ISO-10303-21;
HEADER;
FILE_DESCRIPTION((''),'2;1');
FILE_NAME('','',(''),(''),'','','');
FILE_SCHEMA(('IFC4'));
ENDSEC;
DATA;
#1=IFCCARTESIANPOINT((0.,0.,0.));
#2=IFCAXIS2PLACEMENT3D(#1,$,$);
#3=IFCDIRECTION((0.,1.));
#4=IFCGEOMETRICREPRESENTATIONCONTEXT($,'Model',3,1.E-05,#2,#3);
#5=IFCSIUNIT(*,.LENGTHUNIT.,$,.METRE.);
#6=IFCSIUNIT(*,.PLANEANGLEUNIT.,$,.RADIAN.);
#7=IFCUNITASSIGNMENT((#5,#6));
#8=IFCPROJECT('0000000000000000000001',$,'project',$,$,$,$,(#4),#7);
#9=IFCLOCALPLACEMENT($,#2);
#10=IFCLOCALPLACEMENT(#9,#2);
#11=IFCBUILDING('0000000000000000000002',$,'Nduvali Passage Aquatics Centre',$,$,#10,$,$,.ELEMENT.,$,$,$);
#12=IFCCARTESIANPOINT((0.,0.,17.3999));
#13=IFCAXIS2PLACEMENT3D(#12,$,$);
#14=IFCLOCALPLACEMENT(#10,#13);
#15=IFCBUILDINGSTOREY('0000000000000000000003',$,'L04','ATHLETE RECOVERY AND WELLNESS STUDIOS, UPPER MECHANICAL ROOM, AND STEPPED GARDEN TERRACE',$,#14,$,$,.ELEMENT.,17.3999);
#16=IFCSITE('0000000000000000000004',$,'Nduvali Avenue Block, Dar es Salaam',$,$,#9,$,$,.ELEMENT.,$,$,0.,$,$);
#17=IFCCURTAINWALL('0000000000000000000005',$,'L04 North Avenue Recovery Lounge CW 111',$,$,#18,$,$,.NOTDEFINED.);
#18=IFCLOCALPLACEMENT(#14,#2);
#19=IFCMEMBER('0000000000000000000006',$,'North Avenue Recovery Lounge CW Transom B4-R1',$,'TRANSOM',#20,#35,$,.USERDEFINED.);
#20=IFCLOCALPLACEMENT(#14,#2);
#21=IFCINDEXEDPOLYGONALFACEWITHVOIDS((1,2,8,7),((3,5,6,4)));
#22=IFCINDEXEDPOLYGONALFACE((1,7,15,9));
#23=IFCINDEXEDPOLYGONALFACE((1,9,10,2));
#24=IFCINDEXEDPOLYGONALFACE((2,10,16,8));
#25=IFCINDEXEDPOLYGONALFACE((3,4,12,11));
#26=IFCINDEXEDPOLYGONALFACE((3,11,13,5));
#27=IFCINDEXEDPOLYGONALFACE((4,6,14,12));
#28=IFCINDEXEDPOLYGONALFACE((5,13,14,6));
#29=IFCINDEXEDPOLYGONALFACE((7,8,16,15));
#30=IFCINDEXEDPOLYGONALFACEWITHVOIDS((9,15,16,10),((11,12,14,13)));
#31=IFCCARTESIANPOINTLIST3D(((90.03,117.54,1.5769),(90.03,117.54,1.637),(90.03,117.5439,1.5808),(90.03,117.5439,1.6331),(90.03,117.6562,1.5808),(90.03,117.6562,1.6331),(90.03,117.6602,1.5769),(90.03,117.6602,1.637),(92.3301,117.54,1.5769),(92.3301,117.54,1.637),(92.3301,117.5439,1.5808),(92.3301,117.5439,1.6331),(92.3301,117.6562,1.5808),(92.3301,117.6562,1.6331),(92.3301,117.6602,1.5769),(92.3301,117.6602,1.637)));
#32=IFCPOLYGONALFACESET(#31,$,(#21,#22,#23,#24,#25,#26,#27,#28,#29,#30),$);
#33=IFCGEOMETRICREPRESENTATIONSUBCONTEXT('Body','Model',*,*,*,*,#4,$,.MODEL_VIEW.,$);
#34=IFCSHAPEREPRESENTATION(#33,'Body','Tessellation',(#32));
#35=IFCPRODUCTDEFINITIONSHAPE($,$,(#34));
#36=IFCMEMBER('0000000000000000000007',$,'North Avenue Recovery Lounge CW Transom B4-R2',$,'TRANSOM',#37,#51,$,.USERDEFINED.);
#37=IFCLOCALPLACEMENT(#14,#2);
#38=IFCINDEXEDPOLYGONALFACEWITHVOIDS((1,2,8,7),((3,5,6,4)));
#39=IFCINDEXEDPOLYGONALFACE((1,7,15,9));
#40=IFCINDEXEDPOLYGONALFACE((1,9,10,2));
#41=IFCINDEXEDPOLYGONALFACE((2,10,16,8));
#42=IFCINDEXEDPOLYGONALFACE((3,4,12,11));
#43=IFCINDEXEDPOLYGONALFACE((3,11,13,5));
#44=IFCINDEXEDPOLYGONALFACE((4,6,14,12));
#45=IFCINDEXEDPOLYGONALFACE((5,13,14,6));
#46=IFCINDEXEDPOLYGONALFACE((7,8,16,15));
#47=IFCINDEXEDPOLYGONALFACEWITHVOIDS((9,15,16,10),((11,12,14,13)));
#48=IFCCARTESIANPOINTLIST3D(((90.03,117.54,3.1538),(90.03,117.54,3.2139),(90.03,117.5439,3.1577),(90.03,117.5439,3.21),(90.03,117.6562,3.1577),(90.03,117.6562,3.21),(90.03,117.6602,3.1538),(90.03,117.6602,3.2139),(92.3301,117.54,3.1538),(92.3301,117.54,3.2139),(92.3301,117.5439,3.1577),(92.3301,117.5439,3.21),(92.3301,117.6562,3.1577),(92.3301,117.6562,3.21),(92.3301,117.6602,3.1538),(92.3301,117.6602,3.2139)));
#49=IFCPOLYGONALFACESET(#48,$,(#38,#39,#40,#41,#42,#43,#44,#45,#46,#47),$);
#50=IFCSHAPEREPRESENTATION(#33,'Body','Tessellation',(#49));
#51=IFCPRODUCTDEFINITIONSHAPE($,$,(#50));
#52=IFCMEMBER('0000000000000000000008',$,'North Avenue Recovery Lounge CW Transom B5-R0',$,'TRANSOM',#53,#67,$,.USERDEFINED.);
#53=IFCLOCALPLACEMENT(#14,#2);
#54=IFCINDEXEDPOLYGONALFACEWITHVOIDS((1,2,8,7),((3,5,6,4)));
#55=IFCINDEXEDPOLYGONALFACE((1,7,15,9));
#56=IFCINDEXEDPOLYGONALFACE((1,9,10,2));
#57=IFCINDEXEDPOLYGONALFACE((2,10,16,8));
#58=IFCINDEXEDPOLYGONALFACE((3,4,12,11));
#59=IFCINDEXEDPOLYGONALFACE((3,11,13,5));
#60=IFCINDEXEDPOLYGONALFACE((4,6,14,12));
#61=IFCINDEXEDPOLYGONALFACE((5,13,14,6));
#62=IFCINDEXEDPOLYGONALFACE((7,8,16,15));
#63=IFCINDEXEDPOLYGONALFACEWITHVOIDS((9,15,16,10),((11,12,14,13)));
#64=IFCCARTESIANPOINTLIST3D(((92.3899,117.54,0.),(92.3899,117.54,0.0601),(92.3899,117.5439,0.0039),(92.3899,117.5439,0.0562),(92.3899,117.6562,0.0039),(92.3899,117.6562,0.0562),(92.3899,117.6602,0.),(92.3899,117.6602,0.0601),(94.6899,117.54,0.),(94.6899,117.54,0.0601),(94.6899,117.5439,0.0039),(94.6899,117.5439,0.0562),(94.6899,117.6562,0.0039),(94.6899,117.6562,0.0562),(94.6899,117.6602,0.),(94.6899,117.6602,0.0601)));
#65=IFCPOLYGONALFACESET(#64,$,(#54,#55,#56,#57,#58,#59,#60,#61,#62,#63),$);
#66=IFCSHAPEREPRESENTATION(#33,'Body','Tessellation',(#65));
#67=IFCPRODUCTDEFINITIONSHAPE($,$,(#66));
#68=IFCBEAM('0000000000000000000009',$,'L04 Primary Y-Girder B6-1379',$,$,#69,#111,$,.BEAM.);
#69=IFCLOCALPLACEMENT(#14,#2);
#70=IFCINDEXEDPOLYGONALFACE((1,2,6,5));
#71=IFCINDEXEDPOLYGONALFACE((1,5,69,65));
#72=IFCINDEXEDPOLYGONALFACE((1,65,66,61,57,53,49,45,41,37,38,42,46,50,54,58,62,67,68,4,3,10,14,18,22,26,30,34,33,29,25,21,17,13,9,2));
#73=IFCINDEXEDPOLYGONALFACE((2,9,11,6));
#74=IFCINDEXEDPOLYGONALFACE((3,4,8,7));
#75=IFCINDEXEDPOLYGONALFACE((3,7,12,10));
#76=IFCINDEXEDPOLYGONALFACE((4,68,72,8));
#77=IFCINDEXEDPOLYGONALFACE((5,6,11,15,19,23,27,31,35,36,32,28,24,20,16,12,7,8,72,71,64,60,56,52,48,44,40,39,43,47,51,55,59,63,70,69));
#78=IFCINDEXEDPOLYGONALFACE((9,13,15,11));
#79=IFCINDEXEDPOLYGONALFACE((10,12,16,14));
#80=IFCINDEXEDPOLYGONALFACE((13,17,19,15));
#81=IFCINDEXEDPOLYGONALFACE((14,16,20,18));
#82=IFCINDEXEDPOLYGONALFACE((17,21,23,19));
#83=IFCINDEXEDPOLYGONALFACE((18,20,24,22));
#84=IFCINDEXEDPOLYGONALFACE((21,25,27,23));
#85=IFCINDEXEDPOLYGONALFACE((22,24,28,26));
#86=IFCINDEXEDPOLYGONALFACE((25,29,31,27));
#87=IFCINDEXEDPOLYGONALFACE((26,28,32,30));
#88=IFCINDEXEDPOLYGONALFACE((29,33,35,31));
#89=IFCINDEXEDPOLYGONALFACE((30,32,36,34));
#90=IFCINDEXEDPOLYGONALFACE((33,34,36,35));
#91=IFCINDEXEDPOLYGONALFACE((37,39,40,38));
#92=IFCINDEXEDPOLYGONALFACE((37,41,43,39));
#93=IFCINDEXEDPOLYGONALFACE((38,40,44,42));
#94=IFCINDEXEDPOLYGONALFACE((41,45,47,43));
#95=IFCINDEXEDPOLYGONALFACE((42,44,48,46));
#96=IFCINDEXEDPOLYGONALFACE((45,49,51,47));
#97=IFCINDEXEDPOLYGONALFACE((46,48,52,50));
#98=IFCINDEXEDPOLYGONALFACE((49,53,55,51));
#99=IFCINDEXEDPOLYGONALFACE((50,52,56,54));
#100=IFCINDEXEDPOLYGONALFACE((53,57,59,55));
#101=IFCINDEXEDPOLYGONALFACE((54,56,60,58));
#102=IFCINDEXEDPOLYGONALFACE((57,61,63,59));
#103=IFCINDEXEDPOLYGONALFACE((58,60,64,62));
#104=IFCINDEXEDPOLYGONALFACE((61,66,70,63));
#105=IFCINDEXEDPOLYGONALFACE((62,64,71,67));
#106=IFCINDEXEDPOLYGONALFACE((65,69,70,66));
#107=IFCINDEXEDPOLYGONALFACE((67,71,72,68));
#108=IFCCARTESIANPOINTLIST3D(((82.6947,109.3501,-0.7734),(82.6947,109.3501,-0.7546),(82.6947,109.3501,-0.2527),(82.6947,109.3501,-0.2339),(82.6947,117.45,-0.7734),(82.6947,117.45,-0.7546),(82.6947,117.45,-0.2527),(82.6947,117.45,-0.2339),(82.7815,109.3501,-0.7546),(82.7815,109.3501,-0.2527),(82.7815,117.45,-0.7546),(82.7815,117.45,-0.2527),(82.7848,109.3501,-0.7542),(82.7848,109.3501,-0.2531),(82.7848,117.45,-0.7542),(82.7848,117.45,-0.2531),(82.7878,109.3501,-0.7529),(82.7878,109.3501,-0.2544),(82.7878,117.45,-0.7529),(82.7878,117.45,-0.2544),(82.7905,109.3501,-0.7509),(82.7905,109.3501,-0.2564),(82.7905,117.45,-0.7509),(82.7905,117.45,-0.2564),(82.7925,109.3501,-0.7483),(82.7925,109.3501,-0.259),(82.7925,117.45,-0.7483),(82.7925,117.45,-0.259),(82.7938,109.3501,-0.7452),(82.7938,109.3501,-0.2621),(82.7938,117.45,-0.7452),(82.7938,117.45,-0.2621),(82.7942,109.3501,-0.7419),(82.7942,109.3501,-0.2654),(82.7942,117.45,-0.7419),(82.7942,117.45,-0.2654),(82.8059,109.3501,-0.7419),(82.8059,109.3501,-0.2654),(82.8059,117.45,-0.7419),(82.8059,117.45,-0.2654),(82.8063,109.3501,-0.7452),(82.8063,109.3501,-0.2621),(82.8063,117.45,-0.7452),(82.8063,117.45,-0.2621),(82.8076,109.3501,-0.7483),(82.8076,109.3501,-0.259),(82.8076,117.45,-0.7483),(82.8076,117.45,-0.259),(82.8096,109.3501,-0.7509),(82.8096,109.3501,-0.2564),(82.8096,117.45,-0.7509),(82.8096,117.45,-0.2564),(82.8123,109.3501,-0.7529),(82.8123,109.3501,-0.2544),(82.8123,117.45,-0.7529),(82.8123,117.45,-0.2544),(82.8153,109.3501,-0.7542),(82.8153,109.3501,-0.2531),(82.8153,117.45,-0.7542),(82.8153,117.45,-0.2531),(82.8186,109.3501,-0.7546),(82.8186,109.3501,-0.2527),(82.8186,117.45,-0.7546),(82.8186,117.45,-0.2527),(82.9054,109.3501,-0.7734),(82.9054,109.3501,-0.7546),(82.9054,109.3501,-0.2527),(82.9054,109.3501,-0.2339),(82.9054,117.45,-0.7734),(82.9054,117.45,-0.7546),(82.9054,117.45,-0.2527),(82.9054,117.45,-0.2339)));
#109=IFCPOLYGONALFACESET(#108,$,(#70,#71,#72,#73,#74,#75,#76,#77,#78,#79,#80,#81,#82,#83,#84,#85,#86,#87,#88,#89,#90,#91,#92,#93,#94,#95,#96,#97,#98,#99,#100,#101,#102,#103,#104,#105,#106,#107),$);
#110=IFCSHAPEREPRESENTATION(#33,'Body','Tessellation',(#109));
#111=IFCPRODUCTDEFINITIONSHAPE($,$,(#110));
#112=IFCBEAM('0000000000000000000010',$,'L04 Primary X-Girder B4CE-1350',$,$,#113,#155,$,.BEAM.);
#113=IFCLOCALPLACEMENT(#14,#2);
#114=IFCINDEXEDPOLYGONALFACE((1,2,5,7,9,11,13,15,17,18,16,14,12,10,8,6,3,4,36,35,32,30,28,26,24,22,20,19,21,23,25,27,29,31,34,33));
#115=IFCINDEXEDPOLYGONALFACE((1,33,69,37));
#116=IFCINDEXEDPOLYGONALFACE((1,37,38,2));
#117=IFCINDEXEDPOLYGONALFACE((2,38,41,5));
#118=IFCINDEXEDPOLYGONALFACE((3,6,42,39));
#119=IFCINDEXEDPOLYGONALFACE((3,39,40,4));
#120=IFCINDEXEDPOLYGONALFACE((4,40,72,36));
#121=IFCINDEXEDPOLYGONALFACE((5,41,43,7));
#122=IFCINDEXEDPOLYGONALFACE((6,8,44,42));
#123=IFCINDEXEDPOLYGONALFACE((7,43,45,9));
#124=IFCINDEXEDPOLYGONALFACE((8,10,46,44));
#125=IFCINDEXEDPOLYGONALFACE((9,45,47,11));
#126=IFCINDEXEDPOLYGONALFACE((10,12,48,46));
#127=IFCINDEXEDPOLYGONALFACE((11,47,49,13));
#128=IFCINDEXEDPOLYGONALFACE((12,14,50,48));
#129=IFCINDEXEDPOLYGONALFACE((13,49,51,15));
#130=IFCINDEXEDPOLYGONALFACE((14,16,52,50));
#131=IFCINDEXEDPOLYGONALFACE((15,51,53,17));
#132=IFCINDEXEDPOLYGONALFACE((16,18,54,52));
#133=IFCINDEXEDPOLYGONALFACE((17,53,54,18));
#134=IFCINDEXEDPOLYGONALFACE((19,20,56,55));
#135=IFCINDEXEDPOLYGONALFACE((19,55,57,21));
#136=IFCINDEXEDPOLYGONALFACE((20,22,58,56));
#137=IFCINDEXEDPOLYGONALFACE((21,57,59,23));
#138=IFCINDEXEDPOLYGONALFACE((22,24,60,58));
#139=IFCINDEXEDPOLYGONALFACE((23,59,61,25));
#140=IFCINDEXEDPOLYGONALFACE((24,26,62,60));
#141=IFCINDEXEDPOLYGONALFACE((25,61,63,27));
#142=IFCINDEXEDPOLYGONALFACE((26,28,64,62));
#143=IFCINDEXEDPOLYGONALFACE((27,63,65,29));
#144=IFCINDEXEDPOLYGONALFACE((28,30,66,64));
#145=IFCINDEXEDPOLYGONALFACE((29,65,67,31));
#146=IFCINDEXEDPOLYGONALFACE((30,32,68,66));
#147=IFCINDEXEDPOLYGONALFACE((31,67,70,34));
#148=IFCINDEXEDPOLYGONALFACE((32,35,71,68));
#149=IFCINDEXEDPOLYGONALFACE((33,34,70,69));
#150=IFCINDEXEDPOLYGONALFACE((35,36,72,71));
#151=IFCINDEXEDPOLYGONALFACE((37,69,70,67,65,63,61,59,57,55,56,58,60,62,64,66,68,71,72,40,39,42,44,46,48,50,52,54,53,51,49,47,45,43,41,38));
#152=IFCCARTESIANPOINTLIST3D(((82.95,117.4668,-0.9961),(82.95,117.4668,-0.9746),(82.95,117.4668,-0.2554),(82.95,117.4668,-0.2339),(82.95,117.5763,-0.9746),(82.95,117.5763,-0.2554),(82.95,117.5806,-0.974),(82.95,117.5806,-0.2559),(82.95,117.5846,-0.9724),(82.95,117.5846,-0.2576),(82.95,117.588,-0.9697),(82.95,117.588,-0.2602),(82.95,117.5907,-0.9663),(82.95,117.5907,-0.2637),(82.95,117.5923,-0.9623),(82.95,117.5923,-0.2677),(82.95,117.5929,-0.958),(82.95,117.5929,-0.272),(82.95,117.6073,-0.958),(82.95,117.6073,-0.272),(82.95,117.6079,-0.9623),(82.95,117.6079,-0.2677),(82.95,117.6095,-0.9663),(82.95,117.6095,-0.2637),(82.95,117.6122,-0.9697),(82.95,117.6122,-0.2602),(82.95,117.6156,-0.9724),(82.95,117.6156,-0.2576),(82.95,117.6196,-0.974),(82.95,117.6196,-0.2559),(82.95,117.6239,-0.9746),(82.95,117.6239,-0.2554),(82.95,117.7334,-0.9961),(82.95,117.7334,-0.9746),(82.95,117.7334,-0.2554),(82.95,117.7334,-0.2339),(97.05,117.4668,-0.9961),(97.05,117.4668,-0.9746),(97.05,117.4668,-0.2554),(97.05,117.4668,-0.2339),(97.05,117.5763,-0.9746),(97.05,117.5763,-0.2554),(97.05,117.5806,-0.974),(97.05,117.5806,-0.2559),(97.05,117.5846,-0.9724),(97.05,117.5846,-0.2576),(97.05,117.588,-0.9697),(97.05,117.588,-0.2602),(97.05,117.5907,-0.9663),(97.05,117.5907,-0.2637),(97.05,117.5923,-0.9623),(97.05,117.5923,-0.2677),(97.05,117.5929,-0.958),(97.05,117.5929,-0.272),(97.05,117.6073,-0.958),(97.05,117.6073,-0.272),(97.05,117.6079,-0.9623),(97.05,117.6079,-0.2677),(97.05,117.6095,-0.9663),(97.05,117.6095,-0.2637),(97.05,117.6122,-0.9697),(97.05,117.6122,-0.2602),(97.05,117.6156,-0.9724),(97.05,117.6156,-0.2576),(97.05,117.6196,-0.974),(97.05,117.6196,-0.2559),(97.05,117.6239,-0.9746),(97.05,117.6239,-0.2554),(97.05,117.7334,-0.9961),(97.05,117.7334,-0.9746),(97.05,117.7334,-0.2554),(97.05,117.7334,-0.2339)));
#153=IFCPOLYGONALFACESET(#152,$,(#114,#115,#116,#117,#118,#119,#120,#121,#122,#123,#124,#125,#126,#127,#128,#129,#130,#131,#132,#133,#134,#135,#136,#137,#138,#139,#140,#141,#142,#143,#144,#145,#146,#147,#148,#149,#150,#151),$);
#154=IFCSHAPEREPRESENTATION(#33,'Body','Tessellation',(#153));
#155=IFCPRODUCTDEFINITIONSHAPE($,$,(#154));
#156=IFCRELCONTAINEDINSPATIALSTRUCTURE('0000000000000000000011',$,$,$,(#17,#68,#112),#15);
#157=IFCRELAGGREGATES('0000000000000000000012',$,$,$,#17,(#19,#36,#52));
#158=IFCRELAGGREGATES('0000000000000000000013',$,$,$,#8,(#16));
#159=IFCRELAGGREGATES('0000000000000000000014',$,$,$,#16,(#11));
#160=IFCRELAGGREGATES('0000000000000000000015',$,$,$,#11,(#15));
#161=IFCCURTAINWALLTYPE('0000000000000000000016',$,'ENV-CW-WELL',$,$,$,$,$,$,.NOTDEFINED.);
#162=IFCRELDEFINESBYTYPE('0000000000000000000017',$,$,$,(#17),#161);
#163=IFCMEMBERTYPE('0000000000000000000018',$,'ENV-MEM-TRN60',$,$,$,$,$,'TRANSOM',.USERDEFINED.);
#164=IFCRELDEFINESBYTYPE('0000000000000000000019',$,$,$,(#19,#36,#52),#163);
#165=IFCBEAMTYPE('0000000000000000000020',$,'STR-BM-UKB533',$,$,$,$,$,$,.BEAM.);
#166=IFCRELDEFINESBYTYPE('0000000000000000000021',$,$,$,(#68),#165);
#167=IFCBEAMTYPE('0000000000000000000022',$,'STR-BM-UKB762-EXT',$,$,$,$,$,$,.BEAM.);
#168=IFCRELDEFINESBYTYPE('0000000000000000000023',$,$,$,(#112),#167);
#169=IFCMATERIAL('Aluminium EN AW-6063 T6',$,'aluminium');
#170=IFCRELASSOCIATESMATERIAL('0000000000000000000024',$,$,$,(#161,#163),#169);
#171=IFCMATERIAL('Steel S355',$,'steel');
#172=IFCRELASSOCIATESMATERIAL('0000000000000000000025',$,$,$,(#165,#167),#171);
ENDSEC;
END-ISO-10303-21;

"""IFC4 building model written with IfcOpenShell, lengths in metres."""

from ifc_helpers import new_model, si_unit, direction, frame, origin, origin_2d, place, context, subcontext, project, spatial, hollow_rectangle, i_section, extrude, material, material_profile, profile_set, type_object, element, aggregate, save


model = new_model("IFC4")

# Units and contexts
model_context = context("Model", 3, precision=1e-05, world=origin(), true_north=direction((0.0, 1.0)))
body_context = subcontext(model_context, "Body", "Model", "MODEL_VIEW")
ifc_project = project(units=[si_unit("LENGTHUNIT", "METRE"), si_unit("PLANEANGLEUNIT", "RADIAN")], contexts=[model_context])

# Site, building, storey
site_placement = place(None, origin())
site = spatial("IfcSite", under=ifc_project, at=site_placement, Name="Nduvali Avenue Block, Dar es Salaam", CompositionType="ELEMENT", RefElevation=0.0)
building_placement = place(site_placement, origin())
building = spatial("IfcBuilding", under=site, at=building_placement, Name="Nduvali Passage Aquatics Centre", CompositionType="ELEMENT")
storey_placement = place(building_placement, frame((0.0, 0.0, 17.3999)))
storey = spatial("IfcBuildingStorey", under=building, at=storey_placement, Name="L04", Description="ATHLETE RECOVERY AND WELLNESS STUDIOS, UPPER MECHANICAL ROOM, AND STEPPED GARDEN TERRACE", CompositionType="ELEMENT", Elevation=17.3999)

# Shared definitions
ifc_material_1 = material(Name="Steel S355", Category="steel")

# Shared definitions
ifc_material_2 = material(Name="Aluminium EN AW-6063 T6", Category="aluminium")
curtain_wall_type = type_object("IfcCurtainWallType", Name="ENV-CW-WELL", PredefinedType="NOTDEFINED", material=ifc_material_2)

# Curtain wall
curtain_wall_1_placement = place(storey_placement, origin())
curtain_wall_1 = element("IfcCurtainWall", 1, at=curtain_wall_1_placement, inside=storey, type_object=curtain_wall_type, Name="L04 North Avenue Recovery Lounge CW 111", PredefinedType="NOTDEFINED")

# Members
ifc_material_profile_1 = material_profile(ifc_material_2, hollow_rectangle(XDim=0.1201, YDim=0.0601, WallThickness=0.0039, at=origin_2d()), Name="ALU TRANSOM 120x60x4")
ifc_profile_set_1 = profile_set([ifc_material_profile_1], Name="Aluminium EN AW-6063 T6")
member_type_1 = type_object("IfcMemberType", Name="ENV-MEM-TRN60", ElementType="TRANSOM", PredefinedType="USERDEFINED", material=ifc_profile_set_1)
member_1_placement = place(storey_placement, frame((90.03, 117.6001, 1.6069), z_axis=(1.0, 0.0, 0.0), x_axis=(0.0, 1.0, 0.0)))
member_1 = element("IfcMember", 2, at=member_1_placement, type_object=member_type_1, Name="North Avenue Recovery Lounge CW Transom B4-R1", ObjectType="TRANSOM", PredefinedType="USERDEFINED", context=body_context, shape_type="SweptSolid", body=[
    extrude(hollow_rectangle(XDim=0.1201, YDim=0.0601, WallThickness=0.0039, at=origin_2d()), origin(), (0.0, 0.0, 1.0), 2.3),
])
member_2_placement = place(storey_placement, frame((90.03, 117.6001, 3.1838), z_axis=(1.0, 0.0, 0.0), x_axis=(0.0, 1.0, 0.0)))
member_2 = element("IfcMember", 3, at=member_2_placement, type_object=member_type_1, Name="North Avenue Recovery Lounge CW Transom B4-R2", ObjectType="TRANSOM", PredefinedType="USERDEFINED", context=body_context, shape_type="SweptSolid", body=[
    extrude(hollow_rectangle(XDim=0.1201, YDim=0.0601, WallThickness=0.0039, at=origin_2d()), origin(), (0.0, 0.0, 1.0), 2.3),
])
member_3_placement = place(storey_placement, frame((92.3899, 117.6001, 0.03), z_axis=(1.0, 0.0, 0.0), x_axis=(0.0, 1.0, 0.0)))
member_3 = element("IfcMember", 4, at=member_3_placement, type_object=member_type_1, Name="North Avenue Recovery Lounge CW Transom B5-R0", ObjectType="TRANSOM", PredefinedType="USERDEFINED", context=body_context, shape_type="SweptSolid", body=[
    extrude(hollow_rectangle(XDim=0.1201, YDim=0.0601, WallThickness=0.0039, at=origin_2d()), origin(), (0.0, 0.0, 1.0), 2.3),
])

# Beams
ifc_material_profile_2 = material_profile(ifc_material_1, i_section(OverallWidth=0.2107, OverallDepth=0.5396, WebThickness=0.0117, FlangeThickness=0.0188, FilletRadius=0.0127, at=origin_2d()), Name="UKB 533x210x109")
ifc_profile_set_2 = profile_set([ifc_material_profile_2], Name="Steel S355")
beam_type_1 = type_object("IfcBeamType", Name="STR-BM-UKB533", PredefinedType="BEAM", material=ifc_profile_set_2)
beam_1_placement = place(storey_placement, frame((82.8, 109.3501, -0.5037), z_axis=(0.0, 1.0, 0.0), x_axis=(-1.0, 0.0, 0.0)))
element("IfcBeam", 5, at=beam_1_placement, inside=storey, type_object=beam_type_1, Name="L04 Primary Y-Girder B6-1379", PredefinedType="BEAM", context=body_context, shape_type="SweptSolid", body=[
    extrude(i_section(OverallWidth=0.2107, OverallDepth=0.5396, WebThickness=0.0117, FlangeThickness=0.0188, FilletRadius=0.0127, at=origin_2d()), origin(), (0.0, 0.0, 1.0), 8.0999),
])
ifc_material_profile_3 = material_profile(ifc_material_1, i_section(OverallWidth=0.2666, OverallDepth=0.7622, WebThickness=0.0144, FlangeThickness=0.0215, FilletRadius=0.0166, at=origin_2d()), Name="UKB 762x267x173")
ifc_profile_set_3 = profile_set([ifc_material_profile_3], Name="Steel S355")
beam_type_2 = type_object("IfcBeamType", Name="STR-BM-UKB762-EXT", PredefinedType="BEAM", material=ifc_profile_set_3)
beam_2_placement = place(storey_placement, frame((82.95, 117.6001, -0.615), z_axis=(1.0, 0.0, 0.0), x_axis=(0.0, 1.0, 0.0)))
element("IfcBeam", 6, at=beam_2_placement, inside=storey, type_object=beam_type_2, Name="L04 Primary X-Girder B4CE-1350", PredefinedType="BEAM", context=body_context, shape_type="SweptSolid", body=[
    extrude(i_section(OverallWidth=0.2666, OverallDepth=0.7622, WebThickness=0.0144, FlangeThickness=0.0215, FilletRadius=0.0166, at=origin_2d()), origin(), (0.0, 0.0, 1.0), 14.1001),
])

aggregate(curtain_wall_1, [member_1, member_2, member_3])

save(model, "model.ifc")
